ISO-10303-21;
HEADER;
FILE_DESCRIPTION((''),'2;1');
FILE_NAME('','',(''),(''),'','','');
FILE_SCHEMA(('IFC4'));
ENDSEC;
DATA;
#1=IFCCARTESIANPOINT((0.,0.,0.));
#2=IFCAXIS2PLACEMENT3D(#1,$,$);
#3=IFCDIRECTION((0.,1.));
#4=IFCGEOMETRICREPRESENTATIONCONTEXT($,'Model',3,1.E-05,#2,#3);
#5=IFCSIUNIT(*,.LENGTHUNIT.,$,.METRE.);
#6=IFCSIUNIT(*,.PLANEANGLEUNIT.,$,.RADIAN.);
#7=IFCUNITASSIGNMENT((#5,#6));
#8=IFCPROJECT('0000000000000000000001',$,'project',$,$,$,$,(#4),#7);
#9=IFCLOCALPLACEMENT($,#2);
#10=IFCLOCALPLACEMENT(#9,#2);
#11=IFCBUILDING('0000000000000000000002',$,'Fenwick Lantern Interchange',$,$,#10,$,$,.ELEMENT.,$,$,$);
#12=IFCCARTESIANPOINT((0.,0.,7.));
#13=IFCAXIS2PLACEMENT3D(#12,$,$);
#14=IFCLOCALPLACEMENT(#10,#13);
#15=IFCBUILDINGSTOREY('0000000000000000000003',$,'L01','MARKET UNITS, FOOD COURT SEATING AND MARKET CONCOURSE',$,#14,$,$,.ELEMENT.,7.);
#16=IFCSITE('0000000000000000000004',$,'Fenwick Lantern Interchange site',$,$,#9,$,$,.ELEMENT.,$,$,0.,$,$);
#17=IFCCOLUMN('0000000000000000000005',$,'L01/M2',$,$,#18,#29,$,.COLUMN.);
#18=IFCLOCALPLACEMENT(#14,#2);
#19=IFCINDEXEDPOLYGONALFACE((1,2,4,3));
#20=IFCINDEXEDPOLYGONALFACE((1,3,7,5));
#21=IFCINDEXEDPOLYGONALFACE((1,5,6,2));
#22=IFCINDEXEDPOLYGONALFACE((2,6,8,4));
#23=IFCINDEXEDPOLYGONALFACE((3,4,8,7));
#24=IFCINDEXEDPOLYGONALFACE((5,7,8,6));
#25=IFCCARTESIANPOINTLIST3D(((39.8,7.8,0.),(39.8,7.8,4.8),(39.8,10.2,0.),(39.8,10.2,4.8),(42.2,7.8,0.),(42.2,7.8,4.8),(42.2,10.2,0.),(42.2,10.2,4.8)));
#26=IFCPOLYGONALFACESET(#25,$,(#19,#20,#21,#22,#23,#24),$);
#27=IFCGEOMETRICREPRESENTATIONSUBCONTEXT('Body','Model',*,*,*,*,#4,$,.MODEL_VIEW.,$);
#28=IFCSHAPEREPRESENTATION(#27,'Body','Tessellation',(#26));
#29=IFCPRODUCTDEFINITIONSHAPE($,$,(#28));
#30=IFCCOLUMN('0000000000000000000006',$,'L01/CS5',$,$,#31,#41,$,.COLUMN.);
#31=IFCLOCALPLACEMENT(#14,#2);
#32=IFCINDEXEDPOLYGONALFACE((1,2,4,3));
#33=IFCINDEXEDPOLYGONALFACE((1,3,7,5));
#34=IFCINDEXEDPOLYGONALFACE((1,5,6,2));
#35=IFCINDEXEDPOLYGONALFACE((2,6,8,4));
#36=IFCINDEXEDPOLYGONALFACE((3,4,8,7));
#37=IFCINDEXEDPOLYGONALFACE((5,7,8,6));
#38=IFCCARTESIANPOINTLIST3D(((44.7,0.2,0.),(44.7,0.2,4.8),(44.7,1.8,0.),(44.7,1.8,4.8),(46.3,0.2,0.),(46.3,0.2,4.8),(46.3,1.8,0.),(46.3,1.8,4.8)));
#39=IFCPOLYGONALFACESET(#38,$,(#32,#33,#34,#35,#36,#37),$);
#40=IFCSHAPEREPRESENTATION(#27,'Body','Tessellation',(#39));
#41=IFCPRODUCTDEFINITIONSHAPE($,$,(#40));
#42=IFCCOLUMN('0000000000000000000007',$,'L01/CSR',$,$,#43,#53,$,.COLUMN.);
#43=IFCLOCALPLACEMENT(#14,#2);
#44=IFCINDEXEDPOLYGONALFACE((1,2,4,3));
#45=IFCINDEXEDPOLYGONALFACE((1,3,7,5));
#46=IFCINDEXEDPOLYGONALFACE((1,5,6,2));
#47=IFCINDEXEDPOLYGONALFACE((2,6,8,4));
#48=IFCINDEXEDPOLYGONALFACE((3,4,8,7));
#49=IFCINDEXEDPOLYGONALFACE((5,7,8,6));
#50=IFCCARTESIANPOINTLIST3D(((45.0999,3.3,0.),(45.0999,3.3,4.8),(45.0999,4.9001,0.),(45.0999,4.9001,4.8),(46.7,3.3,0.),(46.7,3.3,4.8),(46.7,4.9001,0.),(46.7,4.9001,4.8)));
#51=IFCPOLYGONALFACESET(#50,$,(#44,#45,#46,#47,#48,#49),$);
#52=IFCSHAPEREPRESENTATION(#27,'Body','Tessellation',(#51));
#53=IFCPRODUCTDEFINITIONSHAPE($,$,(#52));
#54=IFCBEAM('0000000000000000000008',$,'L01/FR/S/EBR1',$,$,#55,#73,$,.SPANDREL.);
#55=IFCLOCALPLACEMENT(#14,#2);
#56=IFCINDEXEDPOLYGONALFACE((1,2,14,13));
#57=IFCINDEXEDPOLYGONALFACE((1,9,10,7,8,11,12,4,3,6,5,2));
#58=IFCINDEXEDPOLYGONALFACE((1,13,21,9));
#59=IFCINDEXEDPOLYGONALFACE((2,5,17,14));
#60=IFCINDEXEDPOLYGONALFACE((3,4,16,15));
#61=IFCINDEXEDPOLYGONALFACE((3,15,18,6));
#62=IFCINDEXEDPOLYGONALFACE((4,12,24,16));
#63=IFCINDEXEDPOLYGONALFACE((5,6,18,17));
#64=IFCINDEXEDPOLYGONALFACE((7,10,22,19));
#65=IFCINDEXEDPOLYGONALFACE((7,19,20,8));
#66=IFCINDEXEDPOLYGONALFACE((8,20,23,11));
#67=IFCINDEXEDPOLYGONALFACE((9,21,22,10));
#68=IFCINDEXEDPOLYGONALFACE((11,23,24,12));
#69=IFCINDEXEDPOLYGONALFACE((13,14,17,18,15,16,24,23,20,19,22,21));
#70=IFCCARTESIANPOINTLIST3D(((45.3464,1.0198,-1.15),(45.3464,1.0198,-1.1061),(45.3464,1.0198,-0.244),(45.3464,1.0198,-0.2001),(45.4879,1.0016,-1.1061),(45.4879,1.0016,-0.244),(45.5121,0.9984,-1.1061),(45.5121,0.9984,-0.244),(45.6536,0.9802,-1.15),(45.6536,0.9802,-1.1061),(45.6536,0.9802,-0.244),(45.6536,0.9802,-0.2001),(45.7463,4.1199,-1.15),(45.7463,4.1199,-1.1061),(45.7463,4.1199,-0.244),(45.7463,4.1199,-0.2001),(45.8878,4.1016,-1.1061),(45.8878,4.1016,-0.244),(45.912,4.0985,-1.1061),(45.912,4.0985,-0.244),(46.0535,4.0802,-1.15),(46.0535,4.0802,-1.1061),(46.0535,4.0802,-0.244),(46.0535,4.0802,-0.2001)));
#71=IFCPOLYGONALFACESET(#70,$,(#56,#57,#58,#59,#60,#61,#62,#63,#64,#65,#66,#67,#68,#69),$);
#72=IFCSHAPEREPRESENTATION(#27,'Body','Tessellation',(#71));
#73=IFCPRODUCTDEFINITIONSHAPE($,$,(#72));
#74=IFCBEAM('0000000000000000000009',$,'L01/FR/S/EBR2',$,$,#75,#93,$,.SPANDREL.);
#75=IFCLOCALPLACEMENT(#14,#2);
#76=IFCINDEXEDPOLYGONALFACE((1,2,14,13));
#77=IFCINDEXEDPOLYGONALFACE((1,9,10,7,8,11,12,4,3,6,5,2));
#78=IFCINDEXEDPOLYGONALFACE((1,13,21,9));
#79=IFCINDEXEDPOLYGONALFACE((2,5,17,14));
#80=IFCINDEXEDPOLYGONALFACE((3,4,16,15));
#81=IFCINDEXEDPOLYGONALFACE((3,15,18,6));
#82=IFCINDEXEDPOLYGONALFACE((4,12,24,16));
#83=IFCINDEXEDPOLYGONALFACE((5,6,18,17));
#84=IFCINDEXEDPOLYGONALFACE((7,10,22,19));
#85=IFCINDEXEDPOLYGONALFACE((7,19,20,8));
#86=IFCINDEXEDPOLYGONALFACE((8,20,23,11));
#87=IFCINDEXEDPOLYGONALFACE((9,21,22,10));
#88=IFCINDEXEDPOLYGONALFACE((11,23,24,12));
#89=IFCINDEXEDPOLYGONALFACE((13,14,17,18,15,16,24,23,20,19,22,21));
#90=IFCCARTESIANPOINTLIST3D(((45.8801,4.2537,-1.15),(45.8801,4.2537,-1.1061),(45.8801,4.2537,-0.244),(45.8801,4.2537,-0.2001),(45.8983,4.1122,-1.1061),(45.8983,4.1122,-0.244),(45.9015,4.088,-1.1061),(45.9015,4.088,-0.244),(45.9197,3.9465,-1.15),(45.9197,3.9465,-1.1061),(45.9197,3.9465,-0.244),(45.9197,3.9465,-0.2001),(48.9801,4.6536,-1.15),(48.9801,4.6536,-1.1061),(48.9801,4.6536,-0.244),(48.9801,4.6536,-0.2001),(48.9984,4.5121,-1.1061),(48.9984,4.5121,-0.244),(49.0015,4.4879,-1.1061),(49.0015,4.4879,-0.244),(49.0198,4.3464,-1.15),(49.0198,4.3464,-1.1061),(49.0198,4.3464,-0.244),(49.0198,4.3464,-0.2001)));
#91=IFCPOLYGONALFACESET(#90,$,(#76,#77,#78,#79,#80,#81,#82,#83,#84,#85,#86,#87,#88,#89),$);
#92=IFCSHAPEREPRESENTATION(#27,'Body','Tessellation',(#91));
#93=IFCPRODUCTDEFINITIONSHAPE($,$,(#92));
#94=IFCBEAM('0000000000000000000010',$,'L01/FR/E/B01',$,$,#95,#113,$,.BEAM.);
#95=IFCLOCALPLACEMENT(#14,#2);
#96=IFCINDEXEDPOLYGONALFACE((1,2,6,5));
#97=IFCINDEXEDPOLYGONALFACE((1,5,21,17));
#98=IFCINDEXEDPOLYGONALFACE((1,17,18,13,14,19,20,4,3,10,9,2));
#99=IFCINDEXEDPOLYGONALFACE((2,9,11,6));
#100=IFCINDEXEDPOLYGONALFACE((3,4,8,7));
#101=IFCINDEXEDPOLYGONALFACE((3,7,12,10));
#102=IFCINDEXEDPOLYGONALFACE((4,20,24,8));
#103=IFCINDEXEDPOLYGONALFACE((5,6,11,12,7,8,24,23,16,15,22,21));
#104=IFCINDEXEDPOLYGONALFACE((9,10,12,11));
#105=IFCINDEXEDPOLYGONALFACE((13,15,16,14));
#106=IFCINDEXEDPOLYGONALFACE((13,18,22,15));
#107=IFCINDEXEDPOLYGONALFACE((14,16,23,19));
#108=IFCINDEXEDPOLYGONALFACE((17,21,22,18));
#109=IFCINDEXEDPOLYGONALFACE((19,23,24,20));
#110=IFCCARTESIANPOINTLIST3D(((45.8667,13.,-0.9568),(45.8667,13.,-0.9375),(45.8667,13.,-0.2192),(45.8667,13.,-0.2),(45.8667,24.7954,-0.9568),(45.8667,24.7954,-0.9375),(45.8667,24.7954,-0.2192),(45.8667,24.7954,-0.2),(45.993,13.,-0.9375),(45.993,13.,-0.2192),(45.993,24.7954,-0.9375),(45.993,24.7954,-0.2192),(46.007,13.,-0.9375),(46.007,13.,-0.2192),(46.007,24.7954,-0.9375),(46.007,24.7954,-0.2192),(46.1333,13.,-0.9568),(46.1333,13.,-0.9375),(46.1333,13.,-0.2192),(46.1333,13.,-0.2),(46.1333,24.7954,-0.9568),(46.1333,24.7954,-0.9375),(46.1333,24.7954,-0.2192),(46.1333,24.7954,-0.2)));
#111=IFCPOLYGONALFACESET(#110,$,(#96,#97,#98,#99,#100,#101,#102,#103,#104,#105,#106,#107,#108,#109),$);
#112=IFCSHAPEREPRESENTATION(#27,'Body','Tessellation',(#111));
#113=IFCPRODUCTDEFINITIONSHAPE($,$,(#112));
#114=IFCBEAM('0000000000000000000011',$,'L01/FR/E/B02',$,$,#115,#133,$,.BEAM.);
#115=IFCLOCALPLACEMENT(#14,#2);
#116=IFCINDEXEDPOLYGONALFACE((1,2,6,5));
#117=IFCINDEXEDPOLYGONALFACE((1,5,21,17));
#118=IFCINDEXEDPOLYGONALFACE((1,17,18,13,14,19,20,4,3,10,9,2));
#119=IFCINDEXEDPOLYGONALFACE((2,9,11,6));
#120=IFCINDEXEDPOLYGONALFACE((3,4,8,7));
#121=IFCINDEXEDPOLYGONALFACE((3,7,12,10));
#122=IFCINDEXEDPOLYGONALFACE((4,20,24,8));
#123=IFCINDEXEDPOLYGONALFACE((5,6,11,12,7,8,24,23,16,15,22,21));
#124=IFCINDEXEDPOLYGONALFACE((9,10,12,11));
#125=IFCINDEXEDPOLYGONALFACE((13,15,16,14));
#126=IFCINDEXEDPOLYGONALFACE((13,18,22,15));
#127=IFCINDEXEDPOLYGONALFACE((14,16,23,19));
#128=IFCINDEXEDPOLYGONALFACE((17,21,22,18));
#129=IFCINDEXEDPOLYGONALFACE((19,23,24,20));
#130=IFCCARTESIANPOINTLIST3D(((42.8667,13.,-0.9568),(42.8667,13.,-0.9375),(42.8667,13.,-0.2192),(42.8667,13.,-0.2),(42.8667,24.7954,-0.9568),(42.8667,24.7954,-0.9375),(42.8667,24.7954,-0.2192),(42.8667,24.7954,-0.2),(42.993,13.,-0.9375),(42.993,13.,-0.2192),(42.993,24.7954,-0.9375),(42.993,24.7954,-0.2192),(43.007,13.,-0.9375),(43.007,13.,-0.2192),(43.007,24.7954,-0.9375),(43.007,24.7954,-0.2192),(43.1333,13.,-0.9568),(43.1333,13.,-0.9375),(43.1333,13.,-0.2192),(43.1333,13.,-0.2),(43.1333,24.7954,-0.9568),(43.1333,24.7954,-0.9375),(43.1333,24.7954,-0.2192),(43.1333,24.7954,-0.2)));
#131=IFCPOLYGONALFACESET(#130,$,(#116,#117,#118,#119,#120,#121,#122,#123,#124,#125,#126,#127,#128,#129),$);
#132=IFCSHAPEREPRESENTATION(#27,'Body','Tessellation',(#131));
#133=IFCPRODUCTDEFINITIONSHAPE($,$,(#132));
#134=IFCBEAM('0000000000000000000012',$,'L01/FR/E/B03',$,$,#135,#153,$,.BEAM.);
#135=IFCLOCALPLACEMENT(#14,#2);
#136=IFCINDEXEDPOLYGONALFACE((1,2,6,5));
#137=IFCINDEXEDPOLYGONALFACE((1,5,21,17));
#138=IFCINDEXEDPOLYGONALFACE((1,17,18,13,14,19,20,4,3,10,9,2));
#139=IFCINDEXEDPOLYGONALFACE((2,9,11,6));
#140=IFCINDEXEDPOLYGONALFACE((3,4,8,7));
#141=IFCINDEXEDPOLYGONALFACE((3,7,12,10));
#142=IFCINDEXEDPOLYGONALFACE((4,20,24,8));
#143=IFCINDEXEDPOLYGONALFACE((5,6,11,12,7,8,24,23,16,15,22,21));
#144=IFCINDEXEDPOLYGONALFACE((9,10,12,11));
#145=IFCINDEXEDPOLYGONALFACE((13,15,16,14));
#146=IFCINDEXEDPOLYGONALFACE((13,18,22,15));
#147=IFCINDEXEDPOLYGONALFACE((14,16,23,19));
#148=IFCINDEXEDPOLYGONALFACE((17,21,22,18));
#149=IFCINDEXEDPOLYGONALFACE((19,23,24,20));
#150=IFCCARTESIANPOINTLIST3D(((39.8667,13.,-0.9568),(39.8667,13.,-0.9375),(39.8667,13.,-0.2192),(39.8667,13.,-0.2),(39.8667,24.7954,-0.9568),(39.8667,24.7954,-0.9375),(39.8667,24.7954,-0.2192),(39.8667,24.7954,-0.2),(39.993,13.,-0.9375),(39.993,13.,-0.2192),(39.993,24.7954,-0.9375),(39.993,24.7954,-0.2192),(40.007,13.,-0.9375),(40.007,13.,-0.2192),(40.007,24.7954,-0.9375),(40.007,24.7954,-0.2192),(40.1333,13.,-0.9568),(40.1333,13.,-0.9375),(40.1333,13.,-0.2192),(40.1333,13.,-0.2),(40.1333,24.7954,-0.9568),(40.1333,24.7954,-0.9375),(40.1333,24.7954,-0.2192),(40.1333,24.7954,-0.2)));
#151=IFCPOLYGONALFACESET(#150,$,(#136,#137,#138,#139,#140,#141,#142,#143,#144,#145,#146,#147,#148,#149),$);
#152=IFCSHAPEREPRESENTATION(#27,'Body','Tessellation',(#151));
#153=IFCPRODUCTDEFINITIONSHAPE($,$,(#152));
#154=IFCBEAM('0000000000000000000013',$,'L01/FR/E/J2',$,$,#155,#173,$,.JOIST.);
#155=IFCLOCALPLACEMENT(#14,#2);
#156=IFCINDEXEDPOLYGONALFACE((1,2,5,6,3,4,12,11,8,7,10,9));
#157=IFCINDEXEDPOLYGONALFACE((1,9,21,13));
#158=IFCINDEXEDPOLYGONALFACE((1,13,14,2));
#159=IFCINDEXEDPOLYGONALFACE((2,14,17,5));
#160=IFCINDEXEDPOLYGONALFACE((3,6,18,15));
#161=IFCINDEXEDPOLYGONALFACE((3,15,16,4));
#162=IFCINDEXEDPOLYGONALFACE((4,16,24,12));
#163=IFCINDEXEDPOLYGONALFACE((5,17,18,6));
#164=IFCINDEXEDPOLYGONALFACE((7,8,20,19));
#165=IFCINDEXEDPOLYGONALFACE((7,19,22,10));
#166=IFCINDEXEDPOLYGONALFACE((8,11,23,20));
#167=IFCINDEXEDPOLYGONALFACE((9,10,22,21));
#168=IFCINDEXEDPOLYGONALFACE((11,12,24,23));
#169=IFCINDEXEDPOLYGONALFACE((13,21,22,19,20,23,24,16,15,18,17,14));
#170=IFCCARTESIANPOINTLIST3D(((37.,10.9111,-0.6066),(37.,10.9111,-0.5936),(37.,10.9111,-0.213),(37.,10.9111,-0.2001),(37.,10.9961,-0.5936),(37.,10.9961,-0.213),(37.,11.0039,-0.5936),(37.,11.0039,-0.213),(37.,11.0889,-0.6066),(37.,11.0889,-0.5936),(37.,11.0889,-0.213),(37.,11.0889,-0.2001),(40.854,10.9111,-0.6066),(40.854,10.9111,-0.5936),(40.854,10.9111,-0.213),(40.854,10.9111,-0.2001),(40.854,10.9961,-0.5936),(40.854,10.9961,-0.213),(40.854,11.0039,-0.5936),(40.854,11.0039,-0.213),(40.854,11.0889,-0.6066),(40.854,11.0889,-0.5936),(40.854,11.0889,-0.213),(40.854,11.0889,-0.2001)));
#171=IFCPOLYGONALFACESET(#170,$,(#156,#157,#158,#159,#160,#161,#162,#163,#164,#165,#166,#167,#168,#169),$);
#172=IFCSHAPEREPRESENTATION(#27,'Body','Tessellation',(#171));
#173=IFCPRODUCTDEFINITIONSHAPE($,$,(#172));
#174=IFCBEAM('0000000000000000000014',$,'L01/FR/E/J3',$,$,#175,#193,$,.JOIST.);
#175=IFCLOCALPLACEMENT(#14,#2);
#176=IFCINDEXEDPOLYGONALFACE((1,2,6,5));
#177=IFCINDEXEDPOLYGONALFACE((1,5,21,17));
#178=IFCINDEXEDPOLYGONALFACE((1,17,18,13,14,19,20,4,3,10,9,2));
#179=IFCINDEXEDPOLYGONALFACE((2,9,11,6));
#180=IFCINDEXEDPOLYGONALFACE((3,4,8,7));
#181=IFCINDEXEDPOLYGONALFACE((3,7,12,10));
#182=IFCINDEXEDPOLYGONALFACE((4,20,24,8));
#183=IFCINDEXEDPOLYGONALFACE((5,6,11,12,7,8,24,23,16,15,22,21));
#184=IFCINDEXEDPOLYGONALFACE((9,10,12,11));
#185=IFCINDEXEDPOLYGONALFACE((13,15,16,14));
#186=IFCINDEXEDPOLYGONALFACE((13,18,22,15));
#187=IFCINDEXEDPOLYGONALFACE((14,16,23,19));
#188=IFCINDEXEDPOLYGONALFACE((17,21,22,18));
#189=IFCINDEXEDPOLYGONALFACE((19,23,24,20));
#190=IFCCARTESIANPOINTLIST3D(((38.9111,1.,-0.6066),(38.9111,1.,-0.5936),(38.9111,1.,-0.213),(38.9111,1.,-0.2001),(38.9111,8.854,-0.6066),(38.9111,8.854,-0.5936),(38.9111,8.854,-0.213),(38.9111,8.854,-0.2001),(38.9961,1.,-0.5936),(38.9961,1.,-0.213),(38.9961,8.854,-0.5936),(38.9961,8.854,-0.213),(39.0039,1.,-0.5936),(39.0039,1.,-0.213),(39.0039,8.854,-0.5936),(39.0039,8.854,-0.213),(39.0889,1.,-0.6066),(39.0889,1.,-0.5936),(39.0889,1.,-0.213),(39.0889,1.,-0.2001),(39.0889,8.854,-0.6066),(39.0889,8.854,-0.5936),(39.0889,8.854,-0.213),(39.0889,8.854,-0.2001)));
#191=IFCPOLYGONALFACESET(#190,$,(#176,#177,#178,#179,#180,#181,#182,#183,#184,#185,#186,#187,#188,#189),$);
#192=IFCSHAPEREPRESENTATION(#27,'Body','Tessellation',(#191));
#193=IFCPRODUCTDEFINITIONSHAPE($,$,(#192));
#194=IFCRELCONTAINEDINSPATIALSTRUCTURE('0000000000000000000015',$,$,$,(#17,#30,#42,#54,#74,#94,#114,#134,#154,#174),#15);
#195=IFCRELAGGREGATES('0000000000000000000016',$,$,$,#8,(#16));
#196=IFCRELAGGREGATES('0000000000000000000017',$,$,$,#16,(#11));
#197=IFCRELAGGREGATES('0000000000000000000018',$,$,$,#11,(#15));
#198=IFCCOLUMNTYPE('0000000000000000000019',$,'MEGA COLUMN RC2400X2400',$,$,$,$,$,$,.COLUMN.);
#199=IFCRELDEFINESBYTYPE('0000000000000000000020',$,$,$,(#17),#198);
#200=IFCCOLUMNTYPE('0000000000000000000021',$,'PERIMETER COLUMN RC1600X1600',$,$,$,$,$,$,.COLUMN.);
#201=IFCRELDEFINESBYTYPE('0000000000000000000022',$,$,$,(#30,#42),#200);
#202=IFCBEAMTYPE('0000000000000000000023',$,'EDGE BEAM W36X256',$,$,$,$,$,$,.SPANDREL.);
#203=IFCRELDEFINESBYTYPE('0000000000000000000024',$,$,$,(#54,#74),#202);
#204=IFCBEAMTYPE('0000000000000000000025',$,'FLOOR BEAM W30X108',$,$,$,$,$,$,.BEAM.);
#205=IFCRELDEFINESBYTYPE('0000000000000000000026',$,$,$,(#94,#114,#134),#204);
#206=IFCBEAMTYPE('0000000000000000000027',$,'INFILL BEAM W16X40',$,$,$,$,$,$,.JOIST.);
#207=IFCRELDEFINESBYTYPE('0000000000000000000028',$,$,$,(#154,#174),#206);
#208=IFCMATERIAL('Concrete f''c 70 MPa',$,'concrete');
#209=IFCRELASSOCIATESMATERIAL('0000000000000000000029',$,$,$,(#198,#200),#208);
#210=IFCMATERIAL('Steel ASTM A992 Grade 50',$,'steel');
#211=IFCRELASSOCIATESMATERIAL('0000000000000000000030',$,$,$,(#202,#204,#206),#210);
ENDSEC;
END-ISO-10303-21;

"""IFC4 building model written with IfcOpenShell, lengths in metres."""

from ifc_helpers import new_model, si_unit, direction, frame, origin, origin_2d, place, context, subcontext, project, spatial, rectangle, i_section, extrude, material, material_profile, profile_set, type_object, element, save


model = new_model("IFC4")

# Units and contexts
model_context = context("Model", 3, precision=1e-05, world=origin(), true_north=direction((0.0, 1.0)))
body_context = subcontext(model_context, "Body", "Model", "MODEL_VIEW")
ifc_project = project(units=[si_unit("LENGTHUNIT", "METRE"), si_unit("PLANEANGLEUNIT", "RADIAN")], contexts=[model_context])

# Site, building, storey
site_placement = place(None, origin())
site = spatial("IfcSite", under=ifc_project, at=site_placement, Name="Fenwick Lantern Interchange site", CompositionType="ELEMENT", RefElevation=0.0)
building_placement = place(site_placement, origin())
building = spatial("IfcBuilding", under=site, at=building_placement, Name="Fenwick Lantern Interchange", CompositionType="ELEMENT")
storey_placement = place(building_placement, frame((0.0, 0.0, 7.0)))
storey = spatial("IfcBuildingStorey", under=building, at=storey_placement, Name="L01", Description="MARKET UNITS, FOOD COURT SEATING AND MARKET CONCOURSE", CompositionType="ELEMENT", Elevation=7.0)

# Columns
ifc_material_1 = material(Name="Concrete f'c 70 MPa", Category="concrete")
ifc_material_profile_1 = material_profile(ifc_material_1, rectangle(XDim=2.3999, YDim=2.3999, at=origin_2d()), Name="RC2400X2400")
ifc_profile_set_1 = profile_set([ifc_material_profile_1], Name="Concrete f'c 70 MPa")
column_type_1 = type_object("IfcColumnType", Name="MEGA COLUMN RC2400X2400", PredefinedType="COLUMN", material=ifc_profile_set_1)
column_placement = place(storey_placement, frame((41.0, 9.0, 0.0), z_axis=(0.0, 0.0, 1.0), x_axis=(1.0, 0.0, 0.0)))
element("IfcColumn", 1, at=column_placement, inside=storey, type_object=column_type_1, Name="L01/M2", PredefinedType="COLUMN", context=body_context, shape_type="SweptSolid", body=[
    extrude(rectangle(XDim=2.3999, YDim=2.3999, at=origin_2d()), origin(), (0.0, 0.0, 1.0), 4.8),
])
ifc_material_profile_2 = material_profile(ifc_material_1, rectangle(XDim=1.6001, YDim=1.6001, at=origin_2d()), Name="RC1600X1600")
ifc_profile_set_2 = profile_set([ifc_material_profile_2], Name="Concrete f'c 70 MPa")
column_type_2 = type_object("IfcColumnType", Name="PERIMETER COLUMN RC1600X1600", PredefinedType="COLUMN", material=ifc_profile_set_2)
for number, where, z_axis, x_axis, name in (
    (2, (45.5, 1.0, 0.0), (0.0, 0.0, 1.0), (1.0, 0.0, 0.0), "L01/CS5"),
    (3, (45.8999, 4.1001, 0.0), (0.0, 0.0, 1.0), (1.0, 0.0, 0.0), "L01/CSR"),
):
    element("IfcColumn", number, at=place(storey_placement, frame(where, z_axis=z_axis, x_axis=x_axis)), inside=storey, type_object=column_type_2, Name=name, PredefinedType="COLUMN", context=body_context, shape_type="SweptSolid", body=[
        extrude(rectangle(XDim=1.6001, YDim=1.6001, at=origin_2d()), origin(), (0.0, 0.0, 1.0), 4.8),
    ])

# Beams
ifc_material_2 = material(Name="Steel ASTM A992 Grade 50", Category="steel")
ifc_material_profile_3 = material_profile(ifc_material_2, i_section(OverallWidth=0.3098, OverallDepth=0.95, WebThickness=0.0244, FlangeThickness=0.0439, at=origin_2d()), Name="W36X256")
ifc_profile_set_3 = profile_set([ifc_material_profile_3], Name="Steel ASTM A992 Grade 50")
beam_type_1 = type_object("IfcBeamType", Name="EDGE BEAM W36X256", PredefinedType="SPANDREL", material=ifc_profile_set_3)
for number, where, z_axis, x_axis, name in (
    (4, (45.5, 1.0, -0.675), (0.127937, 0.991782, 0.0), (-0.991782, 0.127937, 0.0), "L01/FR/S/EBR1"),
    (5, (45.8999, 4.1001, -0.675), (0.991782, 0.127937, 0.0), (-0.127937, 0.991782, 0.0), "L01/FR/S/EBR2"),
):
    element("IfcBeam", number, at=place(storey_placement, frame(where, z_axis=z_axis, x_axis=x_axis)), inside=storey, type_object=beam_type_1, Name=name, PredefinedType="SPANDREL", context=body_context, shape_type="SweptSolid", body=[
        extrude(i_section(OverallWidth=0.3098, OverallDepth=0.95, WebThickness=0.0244, FlangeThickness=0.0439, at=origin_2d()), origin(), (0.0, 0.0, 1.0), 3.1257),
    ])
ifc_material_profile_4 = material_profile(ifc_material_2, i_section(OverallWidth=0.2666, OverallDepth=0.7568, WebThickness=0.0139, FlangeThickness=0.0193, at=origin_2d()), Name="W30X108")
ifc_profile_set_4 = profile_set([ifc_material_profile_4], Name="Steel ASTM A992 Grade 50")
beam_type_2 = type_object("IfcBeamType", Name="FLOOR BEAM W30X108", PredefinedType="BEAM", material=ifc_profile_set_4)
for number, where, z_axis, x_axis, name in (
    (6, (46.0, 13.0, -0.5784), (0.0, 1.0, 0.0), (-1.0, 0.0, 0.0), "L01/FR/E/B01"),
    (7, (43.0, 13.0, -0.5784), (0.0, 1.0, 0.0), (-1.0, 0.0, 0.0), "L01/FR/E/B02"),
    (8, (40.0, 13.0, -0.5784), (0.0, 1.0, 0.0), (-1.0, 0.0, 0.0), "L01/FR/E/B03"),
):
    element("IfcBeam", number, at=place(storey_placement, frame(where, z_axis=z_axis, x_axis=x_axis)), inside=storey, type_object=beam_type_2, Name=name, PredefinedType="BEAM", context=body_context, shape_type="SweptSolid", body=[
        extrude(i_section(OverallWidth=0.2666, OverallDepth=0.7568, WebThickness=0.0139, FlangeThickness=0.0193, at=origin_2d()), origin(), (0.0, 0.0, 1.0), 11.7954),
    ])
ifc_material_profile_5 = material_profile(ifc_material_2, i_section(OverallWidth=0.1777, OverallDepth=0.4065, WebThickness=0.0078, FlangeThickness=0.0129, at=origin_2d()), Name="W16X40")
ifc_profile_set_5 = profile_set([ifc_material_profile_5], Name="Steel ASTM A992 Grade 50")
beam_type_3 = type_object("IfcBeamType", Name="INFILL BEAM W16X40", PredefinedType="JOIST", material=ifc_profile_set_5)
beam_1_placement = place(storey_placement, frame((40.854, 11.0, -0.4033), z_axis=(-1.0, 0.0, 0.0), x_axis=(0.0, -1.0, 0.0)))
element("IfcBeam", 9, at=beam_1_placement, inside=storey, type_object=beam_type_3, Name="L01/FR/E/J2", PredefinedType="JOIST", context=body_context, shape_type="SweptSolid", body=[
    extrude(i_section(OverallWidth=0.1777, OverallDepth=0.4065, WebThickness=0.0078, FlangeThickness=0.0129, at=origin_2d()), origin(), (0.0, 0.0, 1.0), 3.854),
])
beam_2_placement = place(storey_placement, frame((39.0, 1.0, -0.4033), z_axis=(0.0, 1.0, 0.0), x_axis=(-1.0, 0.0, 0.0)))
element("IfcBeam", 10, at=beam_2_placement, inside=storey, type_object=beam_type_3, Name="L01/FR/E/J3", PredefinedType="JOIST", context=body_context, shape_type="SweptSolid", body=[
    extrude(i_section(OverallWidth=0.1777, OverallDepth=0.4065, WebThickness=0.0078, FlangeThickness=0.0129, at=origin_2d()), origin(), (0.0, 0.0, 1.0), 7.854),
])

save(model, "model.ifc")
